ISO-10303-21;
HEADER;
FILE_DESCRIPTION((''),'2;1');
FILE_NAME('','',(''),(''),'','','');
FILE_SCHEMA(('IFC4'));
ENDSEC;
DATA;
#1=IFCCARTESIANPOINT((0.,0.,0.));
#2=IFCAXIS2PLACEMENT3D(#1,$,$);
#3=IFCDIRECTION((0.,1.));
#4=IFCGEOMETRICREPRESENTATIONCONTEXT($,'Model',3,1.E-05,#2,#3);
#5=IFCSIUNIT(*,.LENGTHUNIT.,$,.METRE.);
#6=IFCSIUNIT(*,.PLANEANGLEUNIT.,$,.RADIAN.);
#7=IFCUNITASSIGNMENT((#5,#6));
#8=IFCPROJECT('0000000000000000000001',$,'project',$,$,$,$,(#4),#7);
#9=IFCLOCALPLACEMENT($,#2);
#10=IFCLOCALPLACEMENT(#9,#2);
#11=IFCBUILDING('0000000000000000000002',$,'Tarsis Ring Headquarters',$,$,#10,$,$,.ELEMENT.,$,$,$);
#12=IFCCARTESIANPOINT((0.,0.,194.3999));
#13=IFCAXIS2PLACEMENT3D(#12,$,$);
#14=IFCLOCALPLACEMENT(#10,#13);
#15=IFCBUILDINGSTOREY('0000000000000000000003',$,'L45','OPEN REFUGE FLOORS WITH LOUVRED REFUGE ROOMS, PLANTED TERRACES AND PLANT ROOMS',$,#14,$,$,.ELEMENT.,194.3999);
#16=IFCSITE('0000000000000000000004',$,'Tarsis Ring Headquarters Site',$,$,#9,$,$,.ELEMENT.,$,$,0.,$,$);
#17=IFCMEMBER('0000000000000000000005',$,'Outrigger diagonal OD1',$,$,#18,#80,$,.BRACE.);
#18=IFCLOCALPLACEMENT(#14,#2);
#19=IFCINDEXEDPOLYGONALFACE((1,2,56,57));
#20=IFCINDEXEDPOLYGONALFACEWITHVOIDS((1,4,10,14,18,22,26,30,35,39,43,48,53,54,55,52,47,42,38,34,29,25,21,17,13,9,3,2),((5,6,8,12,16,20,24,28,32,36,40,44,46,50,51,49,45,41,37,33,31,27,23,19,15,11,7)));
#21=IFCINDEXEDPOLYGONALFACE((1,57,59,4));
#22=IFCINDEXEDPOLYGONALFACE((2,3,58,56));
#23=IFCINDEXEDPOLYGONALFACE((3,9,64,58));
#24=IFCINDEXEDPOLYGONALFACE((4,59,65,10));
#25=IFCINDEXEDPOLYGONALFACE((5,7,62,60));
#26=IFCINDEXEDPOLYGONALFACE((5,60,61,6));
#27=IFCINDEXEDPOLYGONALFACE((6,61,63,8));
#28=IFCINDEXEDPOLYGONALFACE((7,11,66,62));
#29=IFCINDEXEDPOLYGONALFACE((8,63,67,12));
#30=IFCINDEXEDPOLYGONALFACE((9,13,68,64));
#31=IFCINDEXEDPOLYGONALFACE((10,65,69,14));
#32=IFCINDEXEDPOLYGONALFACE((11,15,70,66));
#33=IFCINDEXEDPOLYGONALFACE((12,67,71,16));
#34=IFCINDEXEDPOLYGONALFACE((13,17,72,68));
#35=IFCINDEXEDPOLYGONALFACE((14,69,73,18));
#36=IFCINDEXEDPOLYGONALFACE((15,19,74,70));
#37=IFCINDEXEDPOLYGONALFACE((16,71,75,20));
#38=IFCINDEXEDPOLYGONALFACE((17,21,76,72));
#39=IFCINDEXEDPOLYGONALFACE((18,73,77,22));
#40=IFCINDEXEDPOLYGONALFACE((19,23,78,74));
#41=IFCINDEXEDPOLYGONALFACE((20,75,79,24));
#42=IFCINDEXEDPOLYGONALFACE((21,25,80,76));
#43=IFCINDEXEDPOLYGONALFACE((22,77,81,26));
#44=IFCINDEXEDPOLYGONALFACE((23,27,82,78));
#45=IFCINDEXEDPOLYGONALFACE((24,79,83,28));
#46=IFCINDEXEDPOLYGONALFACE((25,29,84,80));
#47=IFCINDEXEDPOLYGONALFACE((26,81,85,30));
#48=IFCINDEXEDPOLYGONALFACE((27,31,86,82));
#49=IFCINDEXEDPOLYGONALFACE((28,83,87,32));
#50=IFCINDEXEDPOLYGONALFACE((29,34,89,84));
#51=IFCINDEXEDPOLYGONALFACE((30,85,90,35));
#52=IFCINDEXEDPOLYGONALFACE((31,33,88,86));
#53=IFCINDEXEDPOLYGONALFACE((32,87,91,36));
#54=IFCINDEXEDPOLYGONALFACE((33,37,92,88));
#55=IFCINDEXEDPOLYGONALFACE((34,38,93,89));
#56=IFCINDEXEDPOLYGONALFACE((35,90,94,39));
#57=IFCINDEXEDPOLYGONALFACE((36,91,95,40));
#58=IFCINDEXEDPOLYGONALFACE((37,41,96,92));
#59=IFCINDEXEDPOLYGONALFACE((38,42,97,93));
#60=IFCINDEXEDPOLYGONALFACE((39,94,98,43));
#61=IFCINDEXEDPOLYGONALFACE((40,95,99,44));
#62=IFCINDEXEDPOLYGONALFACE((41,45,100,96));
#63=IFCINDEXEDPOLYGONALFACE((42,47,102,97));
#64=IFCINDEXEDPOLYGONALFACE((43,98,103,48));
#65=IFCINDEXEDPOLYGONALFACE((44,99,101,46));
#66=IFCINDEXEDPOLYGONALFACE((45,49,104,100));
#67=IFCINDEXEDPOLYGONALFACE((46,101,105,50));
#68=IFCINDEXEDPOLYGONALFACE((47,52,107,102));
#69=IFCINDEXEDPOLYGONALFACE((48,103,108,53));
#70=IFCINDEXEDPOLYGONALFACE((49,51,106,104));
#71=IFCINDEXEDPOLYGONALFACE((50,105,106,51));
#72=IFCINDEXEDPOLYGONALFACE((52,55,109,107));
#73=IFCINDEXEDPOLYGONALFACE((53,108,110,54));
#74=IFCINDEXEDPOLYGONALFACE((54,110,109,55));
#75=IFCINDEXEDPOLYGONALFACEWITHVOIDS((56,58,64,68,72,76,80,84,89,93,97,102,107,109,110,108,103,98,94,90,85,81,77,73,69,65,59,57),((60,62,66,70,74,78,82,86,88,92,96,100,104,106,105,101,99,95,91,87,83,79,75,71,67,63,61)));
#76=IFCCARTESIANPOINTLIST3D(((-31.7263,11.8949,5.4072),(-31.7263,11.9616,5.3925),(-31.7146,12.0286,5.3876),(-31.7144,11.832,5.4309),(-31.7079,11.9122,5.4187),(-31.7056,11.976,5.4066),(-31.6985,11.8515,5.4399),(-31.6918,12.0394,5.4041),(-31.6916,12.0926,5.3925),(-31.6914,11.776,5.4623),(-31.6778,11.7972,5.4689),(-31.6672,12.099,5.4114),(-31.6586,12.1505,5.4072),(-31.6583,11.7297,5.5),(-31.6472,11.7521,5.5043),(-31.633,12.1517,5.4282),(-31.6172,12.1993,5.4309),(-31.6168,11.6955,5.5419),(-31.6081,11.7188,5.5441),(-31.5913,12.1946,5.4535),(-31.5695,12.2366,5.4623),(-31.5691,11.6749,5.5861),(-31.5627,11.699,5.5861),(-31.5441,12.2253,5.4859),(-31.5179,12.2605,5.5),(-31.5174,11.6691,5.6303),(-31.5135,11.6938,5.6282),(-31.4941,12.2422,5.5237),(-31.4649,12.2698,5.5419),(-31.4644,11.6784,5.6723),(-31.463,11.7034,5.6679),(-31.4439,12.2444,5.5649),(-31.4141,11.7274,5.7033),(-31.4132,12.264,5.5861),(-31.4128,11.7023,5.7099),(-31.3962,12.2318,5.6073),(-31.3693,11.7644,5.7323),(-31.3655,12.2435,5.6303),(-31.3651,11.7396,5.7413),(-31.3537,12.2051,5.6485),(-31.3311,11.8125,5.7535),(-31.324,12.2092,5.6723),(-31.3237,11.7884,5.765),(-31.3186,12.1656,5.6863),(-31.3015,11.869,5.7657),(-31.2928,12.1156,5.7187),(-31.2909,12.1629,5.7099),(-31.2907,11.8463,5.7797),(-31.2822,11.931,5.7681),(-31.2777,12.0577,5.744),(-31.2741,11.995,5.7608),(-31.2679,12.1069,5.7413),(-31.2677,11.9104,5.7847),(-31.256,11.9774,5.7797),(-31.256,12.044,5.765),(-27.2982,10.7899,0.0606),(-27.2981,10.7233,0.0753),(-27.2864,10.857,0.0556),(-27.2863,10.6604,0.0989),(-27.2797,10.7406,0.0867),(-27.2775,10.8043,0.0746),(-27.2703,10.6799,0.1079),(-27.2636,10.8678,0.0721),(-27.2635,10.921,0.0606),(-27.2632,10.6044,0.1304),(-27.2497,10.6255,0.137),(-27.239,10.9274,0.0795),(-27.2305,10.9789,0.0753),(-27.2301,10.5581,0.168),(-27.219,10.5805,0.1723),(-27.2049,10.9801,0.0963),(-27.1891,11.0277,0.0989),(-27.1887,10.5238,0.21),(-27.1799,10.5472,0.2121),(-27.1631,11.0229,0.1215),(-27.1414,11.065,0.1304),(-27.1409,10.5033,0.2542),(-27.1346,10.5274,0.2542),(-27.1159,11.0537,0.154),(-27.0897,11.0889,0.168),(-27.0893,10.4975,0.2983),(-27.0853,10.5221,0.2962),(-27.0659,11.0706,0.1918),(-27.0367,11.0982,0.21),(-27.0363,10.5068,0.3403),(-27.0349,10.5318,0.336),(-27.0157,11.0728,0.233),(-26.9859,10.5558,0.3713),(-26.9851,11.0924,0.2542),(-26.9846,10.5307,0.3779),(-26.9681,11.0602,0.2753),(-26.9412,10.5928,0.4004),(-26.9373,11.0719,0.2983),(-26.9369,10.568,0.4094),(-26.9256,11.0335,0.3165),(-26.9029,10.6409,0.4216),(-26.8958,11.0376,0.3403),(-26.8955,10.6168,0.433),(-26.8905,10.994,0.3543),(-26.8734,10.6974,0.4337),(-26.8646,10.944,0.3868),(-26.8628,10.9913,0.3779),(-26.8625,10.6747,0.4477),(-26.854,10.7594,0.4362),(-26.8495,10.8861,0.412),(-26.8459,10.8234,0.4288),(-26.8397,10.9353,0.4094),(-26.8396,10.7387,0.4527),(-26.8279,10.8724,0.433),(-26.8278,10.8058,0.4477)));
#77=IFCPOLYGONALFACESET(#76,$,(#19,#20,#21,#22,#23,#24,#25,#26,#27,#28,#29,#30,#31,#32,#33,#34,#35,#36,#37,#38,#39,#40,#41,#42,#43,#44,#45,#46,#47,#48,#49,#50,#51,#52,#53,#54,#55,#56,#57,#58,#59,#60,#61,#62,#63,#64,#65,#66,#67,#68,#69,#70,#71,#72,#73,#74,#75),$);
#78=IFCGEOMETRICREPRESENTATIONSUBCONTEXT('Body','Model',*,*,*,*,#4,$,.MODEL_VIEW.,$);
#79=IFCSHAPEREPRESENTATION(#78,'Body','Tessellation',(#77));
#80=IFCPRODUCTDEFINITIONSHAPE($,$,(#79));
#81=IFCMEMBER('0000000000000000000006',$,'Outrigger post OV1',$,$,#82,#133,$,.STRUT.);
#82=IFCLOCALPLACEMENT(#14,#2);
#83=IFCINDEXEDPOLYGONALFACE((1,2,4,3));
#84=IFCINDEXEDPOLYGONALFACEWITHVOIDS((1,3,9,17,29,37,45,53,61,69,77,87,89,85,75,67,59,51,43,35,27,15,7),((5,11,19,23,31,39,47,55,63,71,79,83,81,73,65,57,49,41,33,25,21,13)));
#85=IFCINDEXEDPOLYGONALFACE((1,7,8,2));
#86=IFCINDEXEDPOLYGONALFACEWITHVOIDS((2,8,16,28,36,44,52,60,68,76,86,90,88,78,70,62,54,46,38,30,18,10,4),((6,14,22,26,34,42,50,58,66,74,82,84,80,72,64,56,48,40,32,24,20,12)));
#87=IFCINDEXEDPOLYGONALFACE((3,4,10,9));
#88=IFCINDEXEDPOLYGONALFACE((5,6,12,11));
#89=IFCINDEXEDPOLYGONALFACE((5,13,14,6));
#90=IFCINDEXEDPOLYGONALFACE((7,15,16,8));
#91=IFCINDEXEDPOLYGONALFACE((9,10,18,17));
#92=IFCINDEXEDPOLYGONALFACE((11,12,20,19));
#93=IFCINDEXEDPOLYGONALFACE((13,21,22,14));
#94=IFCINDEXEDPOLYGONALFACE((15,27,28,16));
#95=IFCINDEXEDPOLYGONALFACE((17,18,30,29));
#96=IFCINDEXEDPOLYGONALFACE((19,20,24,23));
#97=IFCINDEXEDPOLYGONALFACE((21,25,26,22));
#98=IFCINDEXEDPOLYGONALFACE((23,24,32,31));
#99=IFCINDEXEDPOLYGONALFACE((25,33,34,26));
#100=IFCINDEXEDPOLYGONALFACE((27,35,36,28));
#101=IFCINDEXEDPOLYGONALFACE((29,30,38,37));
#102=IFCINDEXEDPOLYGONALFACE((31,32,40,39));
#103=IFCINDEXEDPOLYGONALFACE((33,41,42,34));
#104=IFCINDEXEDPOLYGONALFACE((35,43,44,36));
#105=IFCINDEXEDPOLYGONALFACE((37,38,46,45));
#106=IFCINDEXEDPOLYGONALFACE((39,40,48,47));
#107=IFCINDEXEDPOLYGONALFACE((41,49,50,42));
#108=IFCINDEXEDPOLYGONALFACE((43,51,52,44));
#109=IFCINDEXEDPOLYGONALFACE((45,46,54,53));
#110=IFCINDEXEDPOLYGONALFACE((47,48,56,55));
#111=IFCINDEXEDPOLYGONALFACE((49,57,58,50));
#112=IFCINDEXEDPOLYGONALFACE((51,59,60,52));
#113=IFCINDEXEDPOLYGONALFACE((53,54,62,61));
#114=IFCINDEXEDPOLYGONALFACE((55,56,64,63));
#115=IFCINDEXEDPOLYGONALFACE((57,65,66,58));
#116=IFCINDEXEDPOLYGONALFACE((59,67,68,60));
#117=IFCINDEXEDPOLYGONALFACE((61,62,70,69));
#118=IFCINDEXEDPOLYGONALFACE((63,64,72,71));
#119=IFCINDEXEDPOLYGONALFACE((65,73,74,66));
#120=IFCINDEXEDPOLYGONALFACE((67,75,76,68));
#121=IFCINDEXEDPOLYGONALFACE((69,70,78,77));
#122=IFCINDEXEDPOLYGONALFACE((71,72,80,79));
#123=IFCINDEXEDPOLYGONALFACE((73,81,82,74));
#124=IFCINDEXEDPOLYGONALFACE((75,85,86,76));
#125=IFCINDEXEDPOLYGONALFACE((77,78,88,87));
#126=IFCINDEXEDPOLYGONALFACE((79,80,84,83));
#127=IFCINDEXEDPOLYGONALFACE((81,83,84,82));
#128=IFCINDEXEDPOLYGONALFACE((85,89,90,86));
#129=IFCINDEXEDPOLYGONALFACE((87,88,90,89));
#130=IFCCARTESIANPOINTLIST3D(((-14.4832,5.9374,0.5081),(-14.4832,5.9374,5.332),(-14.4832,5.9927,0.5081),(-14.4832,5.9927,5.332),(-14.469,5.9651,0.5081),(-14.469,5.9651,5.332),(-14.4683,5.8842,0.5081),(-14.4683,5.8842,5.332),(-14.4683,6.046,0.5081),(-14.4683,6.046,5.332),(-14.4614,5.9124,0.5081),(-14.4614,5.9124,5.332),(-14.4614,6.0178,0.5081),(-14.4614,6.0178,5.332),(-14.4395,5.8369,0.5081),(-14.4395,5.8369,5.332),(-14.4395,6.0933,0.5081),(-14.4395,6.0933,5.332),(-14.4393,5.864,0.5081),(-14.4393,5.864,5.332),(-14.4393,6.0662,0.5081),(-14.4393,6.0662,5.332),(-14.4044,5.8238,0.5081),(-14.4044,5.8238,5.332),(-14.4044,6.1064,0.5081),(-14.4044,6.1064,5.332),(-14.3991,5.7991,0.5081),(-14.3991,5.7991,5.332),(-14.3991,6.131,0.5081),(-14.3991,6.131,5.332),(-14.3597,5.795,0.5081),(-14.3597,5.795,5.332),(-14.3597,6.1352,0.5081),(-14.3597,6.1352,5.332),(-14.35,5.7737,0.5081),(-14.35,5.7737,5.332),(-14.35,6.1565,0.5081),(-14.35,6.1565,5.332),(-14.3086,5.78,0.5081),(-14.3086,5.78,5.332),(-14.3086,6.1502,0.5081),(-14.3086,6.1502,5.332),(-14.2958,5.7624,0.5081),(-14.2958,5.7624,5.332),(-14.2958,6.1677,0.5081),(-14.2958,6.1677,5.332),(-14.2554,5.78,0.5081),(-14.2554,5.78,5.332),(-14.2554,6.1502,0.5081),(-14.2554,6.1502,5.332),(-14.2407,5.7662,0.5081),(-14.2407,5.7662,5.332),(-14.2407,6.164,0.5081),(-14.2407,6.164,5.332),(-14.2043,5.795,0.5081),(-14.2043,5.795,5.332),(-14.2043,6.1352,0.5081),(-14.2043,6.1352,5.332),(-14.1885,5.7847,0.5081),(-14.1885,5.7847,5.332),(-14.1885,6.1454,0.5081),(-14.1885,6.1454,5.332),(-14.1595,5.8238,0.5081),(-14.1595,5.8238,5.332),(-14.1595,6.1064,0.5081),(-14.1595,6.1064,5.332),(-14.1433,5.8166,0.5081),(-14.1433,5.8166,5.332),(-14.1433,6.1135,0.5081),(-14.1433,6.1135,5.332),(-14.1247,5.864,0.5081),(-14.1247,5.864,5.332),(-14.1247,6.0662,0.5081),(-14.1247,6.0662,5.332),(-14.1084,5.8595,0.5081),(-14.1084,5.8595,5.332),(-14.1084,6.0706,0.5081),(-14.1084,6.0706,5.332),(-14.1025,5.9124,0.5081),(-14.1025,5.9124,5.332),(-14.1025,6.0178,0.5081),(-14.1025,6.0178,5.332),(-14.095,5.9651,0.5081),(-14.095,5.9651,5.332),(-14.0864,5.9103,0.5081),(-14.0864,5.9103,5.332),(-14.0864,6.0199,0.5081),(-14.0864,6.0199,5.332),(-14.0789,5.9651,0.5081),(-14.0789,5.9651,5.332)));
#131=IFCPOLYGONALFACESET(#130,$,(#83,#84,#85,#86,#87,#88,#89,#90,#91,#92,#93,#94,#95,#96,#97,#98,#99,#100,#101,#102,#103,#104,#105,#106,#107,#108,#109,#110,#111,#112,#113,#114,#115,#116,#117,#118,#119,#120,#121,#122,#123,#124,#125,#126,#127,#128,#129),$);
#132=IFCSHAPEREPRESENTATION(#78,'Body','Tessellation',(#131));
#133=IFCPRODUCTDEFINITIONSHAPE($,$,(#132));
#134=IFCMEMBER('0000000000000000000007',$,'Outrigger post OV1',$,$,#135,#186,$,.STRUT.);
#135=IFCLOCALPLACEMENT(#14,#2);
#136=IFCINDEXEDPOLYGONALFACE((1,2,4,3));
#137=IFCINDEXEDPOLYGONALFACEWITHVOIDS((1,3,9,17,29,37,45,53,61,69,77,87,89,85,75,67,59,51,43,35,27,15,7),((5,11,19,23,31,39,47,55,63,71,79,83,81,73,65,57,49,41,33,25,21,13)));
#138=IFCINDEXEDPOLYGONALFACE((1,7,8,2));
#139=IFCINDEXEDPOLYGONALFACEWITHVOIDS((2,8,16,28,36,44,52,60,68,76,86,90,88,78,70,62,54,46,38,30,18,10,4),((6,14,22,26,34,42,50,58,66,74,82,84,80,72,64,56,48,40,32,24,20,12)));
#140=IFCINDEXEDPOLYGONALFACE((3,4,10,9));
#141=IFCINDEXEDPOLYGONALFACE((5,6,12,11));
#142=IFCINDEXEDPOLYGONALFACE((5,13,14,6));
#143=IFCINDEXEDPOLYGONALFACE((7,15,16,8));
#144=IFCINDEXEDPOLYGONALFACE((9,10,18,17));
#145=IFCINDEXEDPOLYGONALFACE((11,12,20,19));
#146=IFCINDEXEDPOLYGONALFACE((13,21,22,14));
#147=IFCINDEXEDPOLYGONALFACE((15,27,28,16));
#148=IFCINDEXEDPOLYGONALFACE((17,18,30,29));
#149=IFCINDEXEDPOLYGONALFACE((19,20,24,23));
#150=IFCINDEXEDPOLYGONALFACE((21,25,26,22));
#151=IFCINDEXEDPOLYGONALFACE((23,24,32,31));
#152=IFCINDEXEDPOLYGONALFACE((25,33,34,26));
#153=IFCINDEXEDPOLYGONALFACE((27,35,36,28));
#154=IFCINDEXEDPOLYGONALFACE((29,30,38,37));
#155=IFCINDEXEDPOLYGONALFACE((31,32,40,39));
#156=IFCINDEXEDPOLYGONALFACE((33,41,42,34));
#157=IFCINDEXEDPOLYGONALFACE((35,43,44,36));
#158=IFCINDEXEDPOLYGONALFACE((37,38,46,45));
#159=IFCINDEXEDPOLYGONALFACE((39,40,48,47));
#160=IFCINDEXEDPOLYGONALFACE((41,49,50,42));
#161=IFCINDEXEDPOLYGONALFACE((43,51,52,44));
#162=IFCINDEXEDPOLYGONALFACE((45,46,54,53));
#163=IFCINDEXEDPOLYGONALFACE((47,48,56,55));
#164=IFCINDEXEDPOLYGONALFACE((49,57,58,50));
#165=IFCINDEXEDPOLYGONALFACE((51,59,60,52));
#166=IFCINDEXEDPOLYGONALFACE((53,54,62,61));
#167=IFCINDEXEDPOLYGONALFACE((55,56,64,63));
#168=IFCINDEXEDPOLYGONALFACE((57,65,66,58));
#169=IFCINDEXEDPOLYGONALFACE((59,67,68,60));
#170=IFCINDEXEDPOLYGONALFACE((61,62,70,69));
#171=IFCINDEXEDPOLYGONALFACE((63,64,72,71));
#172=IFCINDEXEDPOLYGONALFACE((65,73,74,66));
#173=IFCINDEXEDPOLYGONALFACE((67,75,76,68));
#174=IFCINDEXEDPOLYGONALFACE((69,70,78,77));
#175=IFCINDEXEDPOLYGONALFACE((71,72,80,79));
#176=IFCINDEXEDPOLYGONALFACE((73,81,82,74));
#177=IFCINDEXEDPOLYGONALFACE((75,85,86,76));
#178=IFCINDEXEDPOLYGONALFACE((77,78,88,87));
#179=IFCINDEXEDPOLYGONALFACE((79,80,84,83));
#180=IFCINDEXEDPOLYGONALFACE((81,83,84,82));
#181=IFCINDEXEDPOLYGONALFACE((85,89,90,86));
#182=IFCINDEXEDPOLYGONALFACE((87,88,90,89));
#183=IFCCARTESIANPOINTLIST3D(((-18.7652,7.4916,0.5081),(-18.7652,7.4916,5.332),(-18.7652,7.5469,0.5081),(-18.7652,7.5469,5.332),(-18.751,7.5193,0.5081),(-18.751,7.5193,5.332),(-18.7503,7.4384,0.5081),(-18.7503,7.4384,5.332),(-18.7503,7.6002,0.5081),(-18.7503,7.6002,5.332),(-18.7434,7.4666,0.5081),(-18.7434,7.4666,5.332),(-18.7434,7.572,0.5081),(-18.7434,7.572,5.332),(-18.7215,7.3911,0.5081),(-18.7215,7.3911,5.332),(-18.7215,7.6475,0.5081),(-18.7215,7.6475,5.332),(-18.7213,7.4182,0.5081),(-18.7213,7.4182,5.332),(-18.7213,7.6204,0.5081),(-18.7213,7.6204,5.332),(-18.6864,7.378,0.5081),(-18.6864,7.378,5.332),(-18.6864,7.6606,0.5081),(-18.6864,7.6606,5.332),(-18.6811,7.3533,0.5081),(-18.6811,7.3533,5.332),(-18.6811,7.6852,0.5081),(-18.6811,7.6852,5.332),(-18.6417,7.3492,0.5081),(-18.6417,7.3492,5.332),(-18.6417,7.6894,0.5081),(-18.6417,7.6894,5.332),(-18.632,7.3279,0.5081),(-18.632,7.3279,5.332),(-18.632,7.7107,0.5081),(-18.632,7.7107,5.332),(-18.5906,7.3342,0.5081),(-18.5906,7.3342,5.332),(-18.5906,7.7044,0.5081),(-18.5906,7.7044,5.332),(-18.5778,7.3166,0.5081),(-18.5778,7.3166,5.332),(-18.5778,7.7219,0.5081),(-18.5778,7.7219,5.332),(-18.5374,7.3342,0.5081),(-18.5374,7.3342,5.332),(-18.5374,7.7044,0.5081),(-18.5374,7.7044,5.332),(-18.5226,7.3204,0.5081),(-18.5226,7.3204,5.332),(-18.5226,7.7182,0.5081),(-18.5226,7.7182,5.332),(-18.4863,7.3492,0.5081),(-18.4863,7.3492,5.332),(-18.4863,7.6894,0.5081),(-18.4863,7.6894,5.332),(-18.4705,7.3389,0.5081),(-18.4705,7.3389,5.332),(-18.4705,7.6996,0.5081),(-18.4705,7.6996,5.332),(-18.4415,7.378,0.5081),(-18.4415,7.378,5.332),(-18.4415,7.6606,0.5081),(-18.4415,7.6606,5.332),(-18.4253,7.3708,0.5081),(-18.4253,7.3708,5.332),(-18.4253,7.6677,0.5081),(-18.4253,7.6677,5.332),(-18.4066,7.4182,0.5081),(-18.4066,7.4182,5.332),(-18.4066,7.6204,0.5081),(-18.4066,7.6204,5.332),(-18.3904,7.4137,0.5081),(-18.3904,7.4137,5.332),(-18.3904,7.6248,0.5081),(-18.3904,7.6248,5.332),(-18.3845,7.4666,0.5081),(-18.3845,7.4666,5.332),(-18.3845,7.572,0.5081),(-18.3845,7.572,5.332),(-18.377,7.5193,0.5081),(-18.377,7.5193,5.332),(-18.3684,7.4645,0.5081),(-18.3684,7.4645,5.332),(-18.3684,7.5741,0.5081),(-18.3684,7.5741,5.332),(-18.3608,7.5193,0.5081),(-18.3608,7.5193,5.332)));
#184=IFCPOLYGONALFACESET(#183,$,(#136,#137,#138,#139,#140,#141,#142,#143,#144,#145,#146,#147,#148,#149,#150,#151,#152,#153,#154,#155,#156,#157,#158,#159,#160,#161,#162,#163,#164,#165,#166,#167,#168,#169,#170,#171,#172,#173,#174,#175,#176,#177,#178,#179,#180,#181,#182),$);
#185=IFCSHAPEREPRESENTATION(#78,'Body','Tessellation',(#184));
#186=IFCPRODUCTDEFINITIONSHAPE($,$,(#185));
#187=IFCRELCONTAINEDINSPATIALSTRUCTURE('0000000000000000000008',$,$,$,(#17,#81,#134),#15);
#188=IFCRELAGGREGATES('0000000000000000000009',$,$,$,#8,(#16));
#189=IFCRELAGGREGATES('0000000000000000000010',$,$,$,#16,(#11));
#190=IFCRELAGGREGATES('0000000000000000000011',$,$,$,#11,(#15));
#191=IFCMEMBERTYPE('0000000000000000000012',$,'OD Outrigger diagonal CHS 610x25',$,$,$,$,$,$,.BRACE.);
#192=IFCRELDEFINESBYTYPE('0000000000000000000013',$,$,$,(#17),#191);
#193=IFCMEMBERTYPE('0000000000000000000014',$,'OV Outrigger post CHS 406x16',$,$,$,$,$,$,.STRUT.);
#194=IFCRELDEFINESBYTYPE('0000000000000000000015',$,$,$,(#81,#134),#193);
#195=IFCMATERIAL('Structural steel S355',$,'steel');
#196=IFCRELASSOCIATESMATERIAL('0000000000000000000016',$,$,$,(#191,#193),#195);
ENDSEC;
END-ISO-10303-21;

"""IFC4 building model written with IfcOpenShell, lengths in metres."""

from ifc_helpers import new_model, si_unit, direction, frame, origin, origin_2d, place, context, subcontext, project, spatial, hollow_circle, extrude, material, material_profile, profile_set, type_object, element, save


model = new_model("IFC4")

# Units and contexts
model_context = context("Model", 3, precision=1e-05, world=origin(), true_north=direction((0.0, 1.0)))
body_context = subcontext(model_context, "Body", "Model", "MODEL_VIEW")
ifc_project = project(units=[si_unit("LENGTHUNIT", "METRE"), si_unit("PLANEANGLEUNIT", "RADIAN")], contexts=[model_context])

# Site, building, storey
site_placement = place(None, origin())
site = spatial("IfcSite", under=ifc_project, at=site_placement, Name="Tarsis Ring Headquarters Site", CompositionType="ELEMENT", RefElevation=0.0)
building_placement = place(site_placement, origin())
building = spatial("IfcBuilding", under=site, at=building_placement, Name="Tarsis Ring Headquarters", CompositionType="ELEMENT")
storey_placement = place(building_placement, frame((0.0, 0.0, 194.3999)))
storey = spatial("IfcBuildingStorey", under=building, at=storey_placement, Name="L45", Description="OPEN REFUGE FLOORS WITH LOUVRED REFUGE ROOMS, PLANTED TERRACES AND PLANT ROOMS", CompositionType="ELEMENT", Elevation=194.3999)

# Members
ifc_material_1 = material(Name="Structural steel S355", Category="steel")
ifc_material_profile_1 = material_profile(ifc_material_1, hollow_circle(Radius=0.3047, WallThickness=0.0249, at=origin_2d()), Name="CHS 610x25")
ifc_profile_set_1 = profile_set([ifc_material_profile_1], Name="Structural steel S355")
member_type_1 = type_object("IfcMemberType", Name="OD Outrigger diagonal CHS 610x25", PredefinedType="BRACE", material=ifc_profile_set_1)
member_1_placement = place(storey_placement, frame((-27.063, 10.7979, 0.2542), z_axis=(-0.629958, 0.166676, 0.758533), x_axis=(-0.255781, -0.966735, 0.0)))
element("IfcMember", 1, at=member_1_placement, inside=storey, type_object=member_type_1, Name="Outrigger diagonal OD1", PredefinedType="BRACE", context=body_context, shape_type="SweptSolid", body=[
    extrude(hollow_circle(Radius=0.3047, WallThickness=0.0249, at=origin_2d()), origin(), (0.0, 0.0, 1.0), 7.0293),
])
ifc_material_profile_2 = material_profile(ifc_material_1, hollow_circle(Radius=0.2031, WallThickness=0.0161, at=origin_2d()), Name="CHS 406x16")
ifc_profile_set_2 = profile_set([ifc_material_profile_2], Name="Structural steel S355")
member_type_2 = type_object("IfcMemberType", Name="OV Outrigger post CHS 406x16", PredefinedType="STRUT", material=ifc_profile_set_2)
for number, where, z_axis, x_axis, name in (
    (2, (-14.282, 5.9651, 0.5081), (0.0, 0.0, 1.0), (1.0, 0.0, 0.0), "Outrigger post OV1"),
    (3, (-18.564, 7.5193, 0.5081), (0.0, 0.0, 1.0), (1.0, 0.0, 0.0), "Outrigger post OV1"),
):
    element("IfcMember", number, at=place(storey_placement, frame(where, z_axis=z_axis, x_axis=x_axis)), inside=storey, type_object=member_type_2, Name=name, PredefinedType="STRUT", context=body_context, shape_type="SweptSolid", body=[
        extrude(hollow_circle(Radius=0.2031, WallThickness=0.0161, at=origin_2d()), origin(), (0.0, 0.0, 1.0), 4.824),
    ])

save(model, "model.ifc")
